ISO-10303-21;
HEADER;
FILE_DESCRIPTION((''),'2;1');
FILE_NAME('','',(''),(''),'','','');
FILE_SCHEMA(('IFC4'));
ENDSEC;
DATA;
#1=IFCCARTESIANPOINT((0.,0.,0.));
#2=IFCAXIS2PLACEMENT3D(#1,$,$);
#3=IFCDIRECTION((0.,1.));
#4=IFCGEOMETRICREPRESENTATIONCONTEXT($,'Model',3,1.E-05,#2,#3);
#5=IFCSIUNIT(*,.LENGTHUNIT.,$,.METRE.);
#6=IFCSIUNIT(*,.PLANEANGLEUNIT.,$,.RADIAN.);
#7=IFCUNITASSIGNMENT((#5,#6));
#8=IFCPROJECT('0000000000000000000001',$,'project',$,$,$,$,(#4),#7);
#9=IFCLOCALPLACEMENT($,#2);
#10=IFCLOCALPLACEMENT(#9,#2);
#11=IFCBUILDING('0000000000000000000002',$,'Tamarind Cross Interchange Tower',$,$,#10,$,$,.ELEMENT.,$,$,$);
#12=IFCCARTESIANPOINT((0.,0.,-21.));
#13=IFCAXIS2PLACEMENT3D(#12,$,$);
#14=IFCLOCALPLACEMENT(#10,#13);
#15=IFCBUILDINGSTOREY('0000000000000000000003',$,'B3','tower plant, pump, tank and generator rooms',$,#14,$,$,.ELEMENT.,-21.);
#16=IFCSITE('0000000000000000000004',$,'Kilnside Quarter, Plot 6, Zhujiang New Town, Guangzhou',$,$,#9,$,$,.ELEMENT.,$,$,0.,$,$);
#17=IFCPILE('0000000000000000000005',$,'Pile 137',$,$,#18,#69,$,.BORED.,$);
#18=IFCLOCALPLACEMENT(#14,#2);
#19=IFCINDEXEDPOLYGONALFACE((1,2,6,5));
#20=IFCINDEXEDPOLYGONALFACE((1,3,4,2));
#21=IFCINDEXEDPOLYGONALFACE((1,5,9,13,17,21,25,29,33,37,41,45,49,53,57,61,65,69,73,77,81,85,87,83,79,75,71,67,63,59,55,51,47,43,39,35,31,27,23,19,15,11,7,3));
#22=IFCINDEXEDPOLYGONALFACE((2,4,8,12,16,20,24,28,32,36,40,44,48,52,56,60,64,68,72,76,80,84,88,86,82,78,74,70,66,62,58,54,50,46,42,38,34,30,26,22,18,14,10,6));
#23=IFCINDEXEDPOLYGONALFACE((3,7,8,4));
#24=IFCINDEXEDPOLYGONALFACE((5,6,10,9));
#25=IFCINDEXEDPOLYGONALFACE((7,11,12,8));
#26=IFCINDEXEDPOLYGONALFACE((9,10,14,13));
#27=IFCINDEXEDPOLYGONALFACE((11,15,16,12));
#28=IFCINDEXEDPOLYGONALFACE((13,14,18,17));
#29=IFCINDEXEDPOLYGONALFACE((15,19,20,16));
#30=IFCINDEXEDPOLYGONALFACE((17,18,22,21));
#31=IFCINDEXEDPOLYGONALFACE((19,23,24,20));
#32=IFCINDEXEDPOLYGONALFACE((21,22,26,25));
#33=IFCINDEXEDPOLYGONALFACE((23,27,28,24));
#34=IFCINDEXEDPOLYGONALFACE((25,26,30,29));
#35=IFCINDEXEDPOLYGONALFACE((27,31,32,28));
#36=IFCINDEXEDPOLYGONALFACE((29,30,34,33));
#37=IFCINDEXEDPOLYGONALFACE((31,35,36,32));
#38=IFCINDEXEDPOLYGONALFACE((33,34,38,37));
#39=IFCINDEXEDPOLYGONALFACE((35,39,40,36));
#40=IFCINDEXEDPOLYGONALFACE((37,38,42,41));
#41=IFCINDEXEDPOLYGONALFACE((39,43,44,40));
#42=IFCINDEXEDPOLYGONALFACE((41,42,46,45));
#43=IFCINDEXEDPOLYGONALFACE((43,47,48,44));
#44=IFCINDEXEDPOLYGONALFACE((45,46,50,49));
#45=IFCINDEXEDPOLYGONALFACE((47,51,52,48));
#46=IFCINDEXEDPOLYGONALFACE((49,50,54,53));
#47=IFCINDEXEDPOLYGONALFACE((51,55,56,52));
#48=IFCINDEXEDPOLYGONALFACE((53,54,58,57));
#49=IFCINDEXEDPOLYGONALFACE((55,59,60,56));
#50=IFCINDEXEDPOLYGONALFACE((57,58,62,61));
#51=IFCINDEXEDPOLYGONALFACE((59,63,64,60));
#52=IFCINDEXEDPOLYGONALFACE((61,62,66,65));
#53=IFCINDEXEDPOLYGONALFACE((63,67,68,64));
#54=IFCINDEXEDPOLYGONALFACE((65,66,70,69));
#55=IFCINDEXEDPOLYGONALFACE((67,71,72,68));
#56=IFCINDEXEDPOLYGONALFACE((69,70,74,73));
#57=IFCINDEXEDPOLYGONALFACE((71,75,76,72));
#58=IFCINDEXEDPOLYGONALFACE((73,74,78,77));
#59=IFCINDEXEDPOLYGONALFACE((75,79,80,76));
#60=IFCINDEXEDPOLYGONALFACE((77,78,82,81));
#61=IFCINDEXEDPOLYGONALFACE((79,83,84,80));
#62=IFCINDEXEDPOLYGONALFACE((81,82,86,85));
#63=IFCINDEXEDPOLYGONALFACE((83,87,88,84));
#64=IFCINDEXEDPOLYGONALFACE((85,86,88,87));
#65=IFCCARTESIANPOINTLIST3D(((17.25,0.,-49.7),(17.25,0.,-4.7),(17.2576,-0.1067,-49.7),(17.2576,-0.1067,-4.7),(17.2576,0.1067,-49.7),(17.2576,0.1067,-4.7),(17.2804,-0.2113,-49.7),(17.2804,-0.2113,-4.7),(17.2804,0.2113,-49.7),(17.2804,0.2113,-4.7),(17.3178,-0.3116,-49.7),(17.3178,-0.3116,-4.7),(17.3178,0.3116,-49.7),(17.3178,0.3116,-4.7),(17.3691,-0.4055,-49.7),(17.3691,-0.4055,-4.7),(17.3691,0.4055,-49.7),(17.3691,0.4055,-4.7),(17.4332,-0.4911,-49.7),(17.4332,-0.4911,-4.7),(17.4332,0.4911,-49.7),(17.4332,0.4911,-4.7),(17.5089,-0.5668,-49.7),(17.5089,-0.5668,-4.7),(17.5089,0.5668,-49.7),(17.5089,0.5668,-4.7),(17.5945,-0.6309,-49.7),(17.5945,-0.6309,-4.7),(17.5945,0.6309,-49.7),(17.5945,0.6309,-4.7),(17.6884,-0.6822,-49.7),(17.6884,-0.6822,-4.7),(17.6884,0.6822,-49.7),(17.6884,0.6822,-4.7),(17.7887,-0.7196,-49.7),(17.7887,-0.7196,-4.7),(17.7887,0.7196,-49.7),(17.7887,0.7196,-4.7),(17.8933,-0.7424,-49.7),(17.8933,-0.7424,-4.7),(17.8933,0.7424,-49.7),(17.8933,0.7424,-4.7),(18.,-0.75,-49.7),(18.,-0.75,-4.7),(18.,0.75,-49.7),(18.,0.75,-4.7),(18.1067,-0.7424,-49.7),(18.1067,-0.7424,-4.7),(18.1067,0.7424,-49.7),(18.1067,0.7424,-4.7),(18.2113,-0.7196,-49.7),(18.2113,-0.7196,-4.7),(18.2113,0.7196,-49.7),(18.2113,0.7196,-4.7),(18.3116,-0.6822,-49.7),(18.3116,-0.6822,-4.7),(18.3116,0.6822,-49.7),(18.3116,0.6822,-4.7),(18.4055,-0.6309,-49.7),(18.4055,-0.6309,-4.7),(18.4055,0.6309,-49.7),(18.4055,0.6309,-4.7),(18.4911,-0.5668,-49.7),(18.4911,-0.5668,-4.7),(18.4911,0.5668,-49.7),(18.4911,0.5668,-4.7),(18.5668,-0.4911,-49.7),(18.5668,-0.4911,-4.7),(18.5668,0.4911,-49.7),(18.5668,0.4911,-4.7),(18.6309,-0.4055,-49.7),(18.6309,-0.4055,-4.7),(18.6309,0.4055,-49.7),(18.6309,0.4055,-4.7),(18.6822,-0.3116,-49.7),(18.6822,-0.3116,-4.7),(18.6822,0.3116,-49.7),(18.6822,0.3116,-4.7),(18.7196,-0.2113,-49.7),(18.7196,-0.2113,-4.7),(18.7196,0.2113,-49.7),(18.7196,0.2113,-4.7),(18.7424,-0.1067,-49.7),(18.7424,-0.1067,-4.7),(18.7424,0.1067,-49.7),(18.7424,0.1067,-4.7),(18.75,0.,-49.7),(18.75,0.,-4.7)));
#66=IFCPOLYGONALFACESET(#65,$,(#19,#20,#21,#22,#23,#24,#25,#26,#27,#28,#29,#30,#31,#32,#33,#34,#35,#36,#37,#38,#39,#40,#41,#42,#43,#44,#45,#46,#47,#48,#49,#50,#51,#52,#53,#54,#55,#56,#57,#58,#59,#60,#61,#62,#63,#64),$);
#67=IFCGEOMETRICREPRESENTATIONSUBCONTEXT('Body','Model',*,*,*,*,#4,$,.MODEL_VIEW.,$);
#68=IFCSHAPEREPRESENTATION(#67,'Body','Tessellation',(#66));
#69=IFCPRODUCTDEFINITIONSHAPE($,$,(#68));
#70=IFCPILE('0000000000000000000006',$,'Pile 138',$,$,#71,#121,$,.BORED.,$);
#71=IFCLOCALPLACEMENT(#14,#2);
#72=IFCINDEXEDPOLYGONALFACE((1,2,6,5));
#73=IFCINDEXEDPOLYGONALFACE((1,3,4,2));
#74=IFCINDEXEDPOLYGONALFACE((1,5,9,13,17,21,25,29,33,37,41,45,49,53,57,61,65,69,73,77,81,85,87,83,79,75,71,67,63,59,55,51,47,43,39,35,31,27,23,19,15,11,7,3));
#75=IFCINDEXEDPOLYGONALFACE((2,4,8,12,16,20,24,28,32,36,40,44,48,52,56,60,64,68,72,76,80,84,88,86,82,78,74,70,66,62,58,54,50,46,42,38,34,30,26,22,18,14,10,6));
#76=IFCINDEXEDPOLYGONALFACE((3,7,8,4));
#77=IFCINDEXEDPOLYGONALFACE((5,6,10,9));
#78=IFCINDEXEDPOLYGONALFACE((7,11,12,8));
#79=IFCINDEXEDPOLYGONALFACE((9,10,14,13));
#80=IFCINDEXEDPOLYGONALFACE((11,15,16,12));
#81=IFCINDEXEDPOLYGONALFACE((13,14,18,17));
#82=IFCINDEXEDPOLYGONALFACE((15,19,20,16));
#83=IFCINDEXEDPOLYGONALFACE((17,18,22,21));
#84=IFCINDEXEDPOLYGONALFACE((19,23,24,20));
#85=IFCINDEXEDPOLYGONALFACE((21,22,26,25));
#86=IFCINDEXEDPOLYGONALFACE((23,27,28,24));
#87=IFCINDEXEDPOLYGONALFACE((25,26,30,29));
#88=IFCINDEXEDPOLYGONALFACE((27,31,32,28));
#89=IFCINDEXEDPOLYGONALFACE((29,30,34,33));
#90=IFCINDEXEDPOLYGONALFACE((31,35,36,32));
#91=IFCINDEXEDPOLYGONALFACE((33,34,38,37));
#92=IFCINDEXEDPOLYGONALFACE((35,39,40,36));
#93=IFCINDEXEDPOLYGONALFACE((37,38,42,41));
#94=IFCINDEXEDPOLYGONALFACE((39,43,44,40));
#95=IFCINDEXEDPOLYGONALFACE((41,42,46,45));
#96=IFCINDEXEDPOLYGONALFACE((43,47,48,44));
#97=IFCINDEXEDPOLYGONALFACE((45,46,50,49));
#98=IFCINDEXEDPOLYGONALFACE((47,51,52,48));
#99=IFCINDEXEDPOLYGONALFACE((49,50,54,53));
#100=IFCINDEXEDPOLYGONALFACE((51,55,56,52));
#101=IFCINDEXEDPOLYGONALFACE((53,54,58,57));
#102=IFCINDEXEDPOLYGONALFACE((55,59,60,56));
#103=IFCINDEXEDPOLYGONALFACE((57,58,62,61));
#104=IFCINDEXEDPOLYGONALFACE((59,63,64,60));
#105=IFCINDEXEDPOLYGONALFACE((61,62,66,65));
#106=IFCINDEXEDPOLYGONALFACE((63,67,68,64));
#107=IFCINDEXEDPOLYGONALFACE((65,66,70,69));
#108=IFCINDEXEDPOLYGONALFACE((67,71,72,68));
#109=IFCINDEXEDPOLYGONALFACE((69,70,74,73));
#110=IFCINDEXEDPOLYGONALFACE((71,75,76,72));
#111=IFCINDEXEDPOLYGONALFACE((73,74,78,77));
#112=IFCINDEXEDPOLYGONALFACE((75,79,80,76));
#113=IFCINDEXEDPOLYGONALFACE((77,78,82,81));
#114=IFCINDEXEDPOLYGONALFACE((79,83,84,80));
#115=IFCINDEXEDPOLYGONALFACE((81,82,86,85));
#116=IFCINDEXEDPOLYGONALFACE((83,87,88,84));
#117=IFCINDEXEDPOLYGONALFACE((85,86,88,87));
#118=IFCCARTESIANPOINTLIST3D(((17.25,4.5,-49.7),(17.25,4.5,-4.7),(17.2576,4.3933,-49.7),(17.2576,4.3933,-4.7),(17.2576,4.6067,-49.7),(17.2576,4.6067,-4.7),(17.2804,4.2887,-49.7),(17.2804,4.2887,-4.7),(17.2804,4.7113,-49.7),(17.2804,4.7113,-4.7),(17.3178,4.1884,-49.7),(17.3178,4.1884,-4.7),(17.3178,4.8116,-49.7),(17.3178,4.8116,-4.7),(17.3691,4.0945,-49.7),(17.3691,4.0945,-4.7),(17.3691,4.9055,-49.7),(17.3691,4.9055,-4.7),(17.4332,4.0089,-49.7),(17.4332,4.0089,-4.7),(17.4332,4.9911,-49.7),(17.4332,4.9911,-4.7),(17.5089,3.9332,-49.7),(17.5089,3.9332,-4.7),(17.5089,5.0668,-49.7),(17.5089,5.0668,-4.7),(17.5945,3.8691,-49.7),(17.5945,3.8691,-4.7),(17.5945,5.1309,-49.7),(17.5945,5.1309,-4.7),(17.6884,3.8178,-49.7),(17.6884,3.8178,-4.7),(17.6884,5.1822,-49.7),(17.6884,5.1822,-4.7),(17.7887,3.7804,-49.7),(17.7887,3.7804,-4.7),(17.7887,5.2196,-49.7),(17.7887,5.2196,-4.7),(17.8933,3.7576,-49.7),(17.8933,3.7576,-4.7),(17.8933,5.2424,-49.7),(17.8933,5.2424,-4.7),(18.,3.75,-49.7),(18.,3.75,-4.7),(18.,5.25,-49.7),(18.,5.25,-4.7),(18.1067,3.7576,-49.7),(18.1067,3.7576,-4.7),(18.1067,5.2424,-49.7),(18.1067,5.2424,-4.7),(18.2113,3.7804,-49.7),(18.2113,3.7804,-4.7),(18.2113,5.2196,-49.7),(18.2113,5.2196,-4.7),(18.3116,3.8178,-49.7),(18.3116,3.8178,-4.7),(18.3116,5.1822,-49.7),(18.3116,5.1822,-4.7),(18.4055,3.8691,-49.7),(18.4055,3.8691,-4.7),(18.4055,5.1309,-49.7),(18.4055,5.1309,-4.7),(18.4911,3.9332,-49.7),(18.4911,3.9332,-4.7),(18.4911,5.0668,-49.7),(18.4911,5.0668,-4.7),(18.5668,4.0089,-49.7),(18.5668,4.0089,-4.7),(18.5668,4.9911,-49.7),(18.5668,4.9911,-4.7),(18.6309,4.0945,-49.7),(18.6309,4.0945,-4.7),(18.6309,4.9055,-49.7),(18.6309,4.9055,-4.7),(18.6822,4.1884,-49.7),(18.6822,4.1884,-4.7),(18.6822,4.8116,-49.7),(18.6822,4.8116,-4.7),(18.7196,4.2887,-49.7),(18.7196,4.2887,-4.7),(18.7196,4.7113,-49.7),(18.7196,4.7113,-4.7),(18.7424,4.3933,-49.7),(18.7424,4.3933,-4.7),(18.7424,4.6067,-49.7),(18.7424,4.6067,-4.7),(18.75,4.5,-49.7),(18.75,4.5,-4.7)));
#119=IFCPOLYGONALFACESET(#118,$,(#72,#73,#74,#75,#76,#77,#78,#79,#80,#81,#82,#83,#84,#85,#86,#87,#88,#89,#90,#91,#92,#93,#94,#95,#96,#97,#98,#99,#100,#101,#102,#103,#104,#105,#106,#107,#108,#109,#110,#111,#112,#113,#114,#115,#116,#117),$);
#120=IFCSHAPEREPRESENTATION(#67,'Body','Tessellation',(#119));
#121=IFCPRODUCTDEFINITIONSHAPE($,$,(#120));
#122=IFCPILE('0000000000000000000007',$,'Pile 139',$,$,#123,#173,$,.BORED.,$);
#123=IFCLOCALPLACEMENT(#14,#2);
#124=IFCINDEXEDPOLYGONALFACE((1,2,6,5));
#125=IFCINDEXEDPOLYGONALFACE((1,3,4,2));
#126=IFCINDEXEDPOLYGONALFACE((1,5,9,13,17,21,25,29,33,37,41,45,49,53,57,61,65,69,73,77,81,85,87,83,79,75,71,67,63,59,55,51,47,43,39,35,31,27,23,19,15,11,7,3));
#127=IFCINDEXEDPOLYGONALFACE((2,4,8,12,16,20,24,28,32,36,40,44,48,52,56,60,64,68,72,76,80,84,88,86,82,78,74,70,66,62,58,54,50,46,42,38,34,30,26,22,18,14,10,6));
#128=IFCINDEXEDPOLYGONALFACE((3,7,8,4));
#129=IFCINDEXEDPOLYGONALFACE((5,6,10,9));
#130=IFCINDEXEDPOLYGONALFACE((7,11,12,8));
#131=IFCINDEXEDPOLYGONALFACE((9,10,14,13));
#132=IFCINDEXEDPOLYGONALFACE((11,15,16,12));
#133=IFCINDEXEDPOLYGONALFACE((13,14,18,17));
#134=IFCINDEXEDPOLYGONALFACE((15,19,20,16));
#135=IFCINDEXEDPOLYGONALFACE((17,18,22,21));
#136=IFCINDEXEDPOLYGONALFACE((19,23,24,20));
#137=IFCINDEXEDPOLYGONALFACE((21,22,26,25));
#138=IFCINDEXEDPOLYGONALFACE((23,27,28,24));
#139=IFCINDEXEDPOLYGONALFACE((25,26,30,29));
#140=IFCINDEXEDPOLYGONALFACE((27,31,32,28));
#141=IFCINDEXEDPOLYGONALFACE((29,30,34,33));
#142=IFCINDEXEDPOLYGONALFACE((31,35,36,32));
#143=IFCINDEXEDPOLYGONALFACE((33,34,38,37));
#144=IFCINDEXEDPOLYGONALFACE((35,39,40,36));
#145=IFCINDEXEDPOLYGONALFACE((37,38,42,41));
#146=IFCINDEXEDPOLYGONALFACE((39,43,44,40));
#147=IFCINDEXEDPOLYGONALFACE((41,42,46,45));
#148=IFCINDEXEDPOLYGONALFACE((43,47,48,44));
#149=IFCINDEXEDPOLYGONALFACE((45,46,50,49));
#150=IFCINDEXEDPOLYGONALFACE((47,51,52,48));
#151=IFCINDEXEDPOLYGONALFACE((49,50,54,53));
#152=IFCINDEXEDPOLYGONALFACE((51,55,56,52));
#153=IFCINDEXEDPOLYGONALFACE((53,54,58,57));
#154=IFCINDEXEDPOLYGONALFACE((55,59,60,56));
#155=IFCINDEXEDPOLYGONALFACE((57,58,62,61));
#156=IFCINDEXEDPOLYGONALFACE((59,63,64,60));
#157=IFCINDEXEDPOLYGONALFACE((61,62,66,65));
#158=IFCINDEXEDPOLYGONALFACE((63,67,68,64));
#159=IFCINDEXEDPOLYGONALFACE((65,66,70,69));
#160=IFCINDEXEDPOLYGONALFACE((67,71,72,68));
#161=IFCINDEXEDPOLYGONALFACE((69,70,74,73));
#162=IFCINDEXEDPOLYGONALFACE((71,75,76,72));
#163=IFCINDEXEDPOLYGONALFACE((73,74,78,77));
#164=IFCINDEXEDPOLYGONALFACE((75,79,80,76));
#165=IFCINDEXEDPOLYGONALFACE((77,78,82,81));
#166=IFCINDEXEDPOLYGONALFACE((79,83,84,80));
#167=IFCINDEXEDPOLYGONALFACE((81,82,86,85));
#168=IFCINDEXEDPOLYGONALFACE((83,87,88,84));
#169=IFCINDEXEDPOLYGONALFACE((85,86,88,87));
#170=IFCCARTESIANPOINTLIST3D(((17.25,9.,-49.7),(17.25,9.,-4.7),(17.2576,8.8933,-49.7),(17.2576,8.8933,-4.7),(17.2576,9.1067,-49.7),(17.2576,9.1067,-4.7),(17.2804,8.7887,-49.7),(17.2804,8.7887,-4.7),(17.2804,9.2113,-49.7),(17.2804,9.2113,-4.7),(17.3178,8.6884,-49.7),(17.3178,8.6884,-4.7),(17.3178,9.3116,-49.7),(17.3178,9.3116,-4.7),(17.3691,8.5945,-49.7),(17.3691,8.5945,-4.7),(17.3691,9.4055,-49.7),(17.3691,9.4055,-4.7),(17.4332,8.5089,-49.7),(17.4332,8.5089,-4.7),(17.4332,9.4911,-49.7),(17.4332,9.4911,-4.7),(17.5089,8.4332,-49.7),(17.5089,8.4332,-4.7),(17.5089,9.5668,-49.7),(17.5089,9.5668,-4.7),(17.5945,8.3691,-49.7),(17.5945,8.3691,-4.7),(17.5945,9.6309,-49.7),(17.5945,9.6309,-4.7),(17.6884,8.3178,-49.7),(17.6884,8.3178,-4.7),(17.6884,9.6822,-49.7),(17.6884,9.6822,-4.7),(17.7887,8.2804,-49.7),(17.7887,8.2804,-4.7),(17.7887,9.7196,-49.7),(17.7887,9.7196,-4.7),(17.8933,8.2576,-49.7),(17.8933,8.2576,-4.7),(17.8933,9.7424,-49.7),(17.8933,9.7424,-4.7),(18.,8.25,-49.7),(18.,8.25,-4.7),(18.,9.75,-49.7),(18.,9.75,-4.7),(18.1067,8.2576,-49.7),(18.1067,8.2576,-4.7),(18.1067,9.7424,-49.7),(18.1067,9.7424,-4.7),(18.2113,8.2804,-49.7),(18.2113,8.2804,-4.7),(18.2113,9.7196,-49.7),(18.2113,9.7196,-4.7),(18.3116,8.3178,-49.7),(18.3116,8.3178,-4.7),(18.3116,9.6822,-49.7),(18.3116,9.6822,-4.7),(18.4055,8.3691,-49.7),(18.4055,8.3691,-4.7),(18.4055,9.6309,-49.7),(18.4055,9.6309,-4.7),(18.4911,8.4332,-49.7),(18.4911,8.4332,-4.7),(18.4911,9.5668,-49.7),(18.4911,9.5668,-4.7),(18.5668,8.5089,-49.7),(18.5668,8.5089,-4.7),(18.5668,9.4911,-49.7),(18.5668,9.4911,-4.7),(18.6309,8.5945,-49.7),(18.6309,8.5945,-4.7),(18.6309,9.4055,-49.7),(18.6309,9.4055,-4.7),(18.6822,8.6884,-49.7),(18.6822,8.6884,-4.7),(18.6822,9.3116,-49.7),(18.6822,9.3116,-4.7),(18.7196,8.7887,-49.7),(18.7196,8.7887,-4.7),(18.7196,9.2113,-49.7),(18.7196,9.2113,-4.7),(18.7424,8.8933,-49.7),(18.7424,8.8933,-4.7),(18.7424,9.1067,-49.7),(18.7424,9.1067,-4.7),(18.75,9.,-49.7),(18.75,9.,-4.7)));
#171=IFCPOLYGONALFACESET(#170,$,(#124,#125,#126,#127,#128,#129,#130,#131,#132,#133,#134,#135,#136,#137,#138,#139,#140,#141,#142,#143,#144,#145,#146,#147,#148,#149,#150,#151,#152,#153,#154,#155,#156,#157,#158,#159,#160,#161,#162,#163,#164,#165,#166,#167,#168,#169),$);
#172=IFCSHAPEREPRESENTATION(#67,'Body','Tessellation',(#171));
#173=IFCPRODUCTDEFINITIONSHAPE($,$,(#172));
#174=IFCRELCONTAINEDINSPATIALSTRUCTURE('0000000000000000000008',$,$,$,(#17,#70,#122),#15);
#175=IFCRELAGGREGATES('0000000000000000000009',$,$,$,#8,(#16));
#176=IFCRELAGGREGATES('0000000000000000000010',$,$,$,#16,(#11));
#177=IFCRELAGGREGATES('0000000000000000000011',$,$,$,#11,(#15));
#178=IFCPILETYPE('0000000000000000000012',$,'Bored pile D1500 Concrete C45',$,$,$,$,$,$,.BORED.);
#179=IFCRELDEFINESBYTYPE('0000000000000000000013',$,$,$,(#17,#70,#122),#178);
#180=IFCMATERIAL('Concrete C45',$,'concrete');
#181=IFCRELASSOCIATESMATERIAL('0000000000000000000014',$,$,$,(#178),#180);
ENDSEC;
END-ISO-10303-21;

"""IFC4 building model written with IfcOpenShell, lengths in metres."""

from ifc_helpers import new_model, si_unit, direction, frame, origin, origin_2d, place, context, subcontext, project, spatial, circle, extrude, material, material_profile, profile_set, type_object, element, save


model = new_model("IFC4")

# Units and contexts
model_context = context("Model", 3, precision=1e-05, world=origin(), true_north=direction((0.0, 1.0)))
body_context = subcontext(model_context, "Body", "Model", "MODEL_VIEW")
ifc_project = project(units=[si_unit("LENGTHUNIT", "METRE"), si_unit("PLANEANGLEUNIT", "RADIAN")], contexts=[model_context])

# Site, building, storey
site_placement = place(None, origin())
site = spatial("IfcSite", under=ifc_project, at=site_placement, Name="Kilnside Quarter, Plot 6, Zhujiang New Town, Guangzhou", CompositionType="ELEMENT", RefElevation=0.0)
building_placement = place(site_placement, origin())
building = spatial("IfcBuilding", under=site, at=building_placement, Name="Tamarind Cross Interchange Tower", CompositionType="ELEMENT")
storey_placement = place(building_placement, frame((0.0, 0.0, -21.0)))
storey = spatial("IfcBuildingStorey", under=building, at=storey_placement, Name="B3", Description="tower plant, pump, tank and generator rooms", CompositionType="ELEMENT", Elevation=-21.0)

# Piles
ifc_material_1 = material(Name="Concrete C45", Category="concrete")
ifc_material_profile_1 = material_profile(ifc_material_1, circle(Radius=0.75, at=origin_2d()), Name="RC D1500")
ifc_profile_set_1 = profile_set([ifc_material_profile_1], Name="Concrete C45")
pile_type = type_object("IfcPileType", Name="Bored pile D1500 Concrete C45", PredefinedType="BORED", material=ifc_profile_set_1)
for number, where, z_axis, x_axis, name in (
    (1, (18.0, 0.0, -4.7), (0.0, 0.0, -1.0), (1.0, 0.0, 0.0), "Pile 137"),
    (2, (18.0, 4.5, -4.7), (0.0, 0.0, -1.0), (1.0, 0.0, 0.0), "Pile 138"),
    (3, (18.0, 9.0, -4.7), (0.0, 0.0, -1.0), (1.0, 0.0, 0.0), "Pile 139"),
):
    element("IfcPile", number, at=place(storey_placement, frame(where, z_axis=z_axis, x_axis=x_axis)), inside=storey, type_object=pile_type, Name=name, PredefinedType="BORED", context=body_context, shape_type="SweptSolid", body=[
        extrude(circle(Radius=0.75, at=origin_2d()), origin(), (0.0, 0.0, 1.0), 45.0),
    ])

save(model, "model.ifc")
